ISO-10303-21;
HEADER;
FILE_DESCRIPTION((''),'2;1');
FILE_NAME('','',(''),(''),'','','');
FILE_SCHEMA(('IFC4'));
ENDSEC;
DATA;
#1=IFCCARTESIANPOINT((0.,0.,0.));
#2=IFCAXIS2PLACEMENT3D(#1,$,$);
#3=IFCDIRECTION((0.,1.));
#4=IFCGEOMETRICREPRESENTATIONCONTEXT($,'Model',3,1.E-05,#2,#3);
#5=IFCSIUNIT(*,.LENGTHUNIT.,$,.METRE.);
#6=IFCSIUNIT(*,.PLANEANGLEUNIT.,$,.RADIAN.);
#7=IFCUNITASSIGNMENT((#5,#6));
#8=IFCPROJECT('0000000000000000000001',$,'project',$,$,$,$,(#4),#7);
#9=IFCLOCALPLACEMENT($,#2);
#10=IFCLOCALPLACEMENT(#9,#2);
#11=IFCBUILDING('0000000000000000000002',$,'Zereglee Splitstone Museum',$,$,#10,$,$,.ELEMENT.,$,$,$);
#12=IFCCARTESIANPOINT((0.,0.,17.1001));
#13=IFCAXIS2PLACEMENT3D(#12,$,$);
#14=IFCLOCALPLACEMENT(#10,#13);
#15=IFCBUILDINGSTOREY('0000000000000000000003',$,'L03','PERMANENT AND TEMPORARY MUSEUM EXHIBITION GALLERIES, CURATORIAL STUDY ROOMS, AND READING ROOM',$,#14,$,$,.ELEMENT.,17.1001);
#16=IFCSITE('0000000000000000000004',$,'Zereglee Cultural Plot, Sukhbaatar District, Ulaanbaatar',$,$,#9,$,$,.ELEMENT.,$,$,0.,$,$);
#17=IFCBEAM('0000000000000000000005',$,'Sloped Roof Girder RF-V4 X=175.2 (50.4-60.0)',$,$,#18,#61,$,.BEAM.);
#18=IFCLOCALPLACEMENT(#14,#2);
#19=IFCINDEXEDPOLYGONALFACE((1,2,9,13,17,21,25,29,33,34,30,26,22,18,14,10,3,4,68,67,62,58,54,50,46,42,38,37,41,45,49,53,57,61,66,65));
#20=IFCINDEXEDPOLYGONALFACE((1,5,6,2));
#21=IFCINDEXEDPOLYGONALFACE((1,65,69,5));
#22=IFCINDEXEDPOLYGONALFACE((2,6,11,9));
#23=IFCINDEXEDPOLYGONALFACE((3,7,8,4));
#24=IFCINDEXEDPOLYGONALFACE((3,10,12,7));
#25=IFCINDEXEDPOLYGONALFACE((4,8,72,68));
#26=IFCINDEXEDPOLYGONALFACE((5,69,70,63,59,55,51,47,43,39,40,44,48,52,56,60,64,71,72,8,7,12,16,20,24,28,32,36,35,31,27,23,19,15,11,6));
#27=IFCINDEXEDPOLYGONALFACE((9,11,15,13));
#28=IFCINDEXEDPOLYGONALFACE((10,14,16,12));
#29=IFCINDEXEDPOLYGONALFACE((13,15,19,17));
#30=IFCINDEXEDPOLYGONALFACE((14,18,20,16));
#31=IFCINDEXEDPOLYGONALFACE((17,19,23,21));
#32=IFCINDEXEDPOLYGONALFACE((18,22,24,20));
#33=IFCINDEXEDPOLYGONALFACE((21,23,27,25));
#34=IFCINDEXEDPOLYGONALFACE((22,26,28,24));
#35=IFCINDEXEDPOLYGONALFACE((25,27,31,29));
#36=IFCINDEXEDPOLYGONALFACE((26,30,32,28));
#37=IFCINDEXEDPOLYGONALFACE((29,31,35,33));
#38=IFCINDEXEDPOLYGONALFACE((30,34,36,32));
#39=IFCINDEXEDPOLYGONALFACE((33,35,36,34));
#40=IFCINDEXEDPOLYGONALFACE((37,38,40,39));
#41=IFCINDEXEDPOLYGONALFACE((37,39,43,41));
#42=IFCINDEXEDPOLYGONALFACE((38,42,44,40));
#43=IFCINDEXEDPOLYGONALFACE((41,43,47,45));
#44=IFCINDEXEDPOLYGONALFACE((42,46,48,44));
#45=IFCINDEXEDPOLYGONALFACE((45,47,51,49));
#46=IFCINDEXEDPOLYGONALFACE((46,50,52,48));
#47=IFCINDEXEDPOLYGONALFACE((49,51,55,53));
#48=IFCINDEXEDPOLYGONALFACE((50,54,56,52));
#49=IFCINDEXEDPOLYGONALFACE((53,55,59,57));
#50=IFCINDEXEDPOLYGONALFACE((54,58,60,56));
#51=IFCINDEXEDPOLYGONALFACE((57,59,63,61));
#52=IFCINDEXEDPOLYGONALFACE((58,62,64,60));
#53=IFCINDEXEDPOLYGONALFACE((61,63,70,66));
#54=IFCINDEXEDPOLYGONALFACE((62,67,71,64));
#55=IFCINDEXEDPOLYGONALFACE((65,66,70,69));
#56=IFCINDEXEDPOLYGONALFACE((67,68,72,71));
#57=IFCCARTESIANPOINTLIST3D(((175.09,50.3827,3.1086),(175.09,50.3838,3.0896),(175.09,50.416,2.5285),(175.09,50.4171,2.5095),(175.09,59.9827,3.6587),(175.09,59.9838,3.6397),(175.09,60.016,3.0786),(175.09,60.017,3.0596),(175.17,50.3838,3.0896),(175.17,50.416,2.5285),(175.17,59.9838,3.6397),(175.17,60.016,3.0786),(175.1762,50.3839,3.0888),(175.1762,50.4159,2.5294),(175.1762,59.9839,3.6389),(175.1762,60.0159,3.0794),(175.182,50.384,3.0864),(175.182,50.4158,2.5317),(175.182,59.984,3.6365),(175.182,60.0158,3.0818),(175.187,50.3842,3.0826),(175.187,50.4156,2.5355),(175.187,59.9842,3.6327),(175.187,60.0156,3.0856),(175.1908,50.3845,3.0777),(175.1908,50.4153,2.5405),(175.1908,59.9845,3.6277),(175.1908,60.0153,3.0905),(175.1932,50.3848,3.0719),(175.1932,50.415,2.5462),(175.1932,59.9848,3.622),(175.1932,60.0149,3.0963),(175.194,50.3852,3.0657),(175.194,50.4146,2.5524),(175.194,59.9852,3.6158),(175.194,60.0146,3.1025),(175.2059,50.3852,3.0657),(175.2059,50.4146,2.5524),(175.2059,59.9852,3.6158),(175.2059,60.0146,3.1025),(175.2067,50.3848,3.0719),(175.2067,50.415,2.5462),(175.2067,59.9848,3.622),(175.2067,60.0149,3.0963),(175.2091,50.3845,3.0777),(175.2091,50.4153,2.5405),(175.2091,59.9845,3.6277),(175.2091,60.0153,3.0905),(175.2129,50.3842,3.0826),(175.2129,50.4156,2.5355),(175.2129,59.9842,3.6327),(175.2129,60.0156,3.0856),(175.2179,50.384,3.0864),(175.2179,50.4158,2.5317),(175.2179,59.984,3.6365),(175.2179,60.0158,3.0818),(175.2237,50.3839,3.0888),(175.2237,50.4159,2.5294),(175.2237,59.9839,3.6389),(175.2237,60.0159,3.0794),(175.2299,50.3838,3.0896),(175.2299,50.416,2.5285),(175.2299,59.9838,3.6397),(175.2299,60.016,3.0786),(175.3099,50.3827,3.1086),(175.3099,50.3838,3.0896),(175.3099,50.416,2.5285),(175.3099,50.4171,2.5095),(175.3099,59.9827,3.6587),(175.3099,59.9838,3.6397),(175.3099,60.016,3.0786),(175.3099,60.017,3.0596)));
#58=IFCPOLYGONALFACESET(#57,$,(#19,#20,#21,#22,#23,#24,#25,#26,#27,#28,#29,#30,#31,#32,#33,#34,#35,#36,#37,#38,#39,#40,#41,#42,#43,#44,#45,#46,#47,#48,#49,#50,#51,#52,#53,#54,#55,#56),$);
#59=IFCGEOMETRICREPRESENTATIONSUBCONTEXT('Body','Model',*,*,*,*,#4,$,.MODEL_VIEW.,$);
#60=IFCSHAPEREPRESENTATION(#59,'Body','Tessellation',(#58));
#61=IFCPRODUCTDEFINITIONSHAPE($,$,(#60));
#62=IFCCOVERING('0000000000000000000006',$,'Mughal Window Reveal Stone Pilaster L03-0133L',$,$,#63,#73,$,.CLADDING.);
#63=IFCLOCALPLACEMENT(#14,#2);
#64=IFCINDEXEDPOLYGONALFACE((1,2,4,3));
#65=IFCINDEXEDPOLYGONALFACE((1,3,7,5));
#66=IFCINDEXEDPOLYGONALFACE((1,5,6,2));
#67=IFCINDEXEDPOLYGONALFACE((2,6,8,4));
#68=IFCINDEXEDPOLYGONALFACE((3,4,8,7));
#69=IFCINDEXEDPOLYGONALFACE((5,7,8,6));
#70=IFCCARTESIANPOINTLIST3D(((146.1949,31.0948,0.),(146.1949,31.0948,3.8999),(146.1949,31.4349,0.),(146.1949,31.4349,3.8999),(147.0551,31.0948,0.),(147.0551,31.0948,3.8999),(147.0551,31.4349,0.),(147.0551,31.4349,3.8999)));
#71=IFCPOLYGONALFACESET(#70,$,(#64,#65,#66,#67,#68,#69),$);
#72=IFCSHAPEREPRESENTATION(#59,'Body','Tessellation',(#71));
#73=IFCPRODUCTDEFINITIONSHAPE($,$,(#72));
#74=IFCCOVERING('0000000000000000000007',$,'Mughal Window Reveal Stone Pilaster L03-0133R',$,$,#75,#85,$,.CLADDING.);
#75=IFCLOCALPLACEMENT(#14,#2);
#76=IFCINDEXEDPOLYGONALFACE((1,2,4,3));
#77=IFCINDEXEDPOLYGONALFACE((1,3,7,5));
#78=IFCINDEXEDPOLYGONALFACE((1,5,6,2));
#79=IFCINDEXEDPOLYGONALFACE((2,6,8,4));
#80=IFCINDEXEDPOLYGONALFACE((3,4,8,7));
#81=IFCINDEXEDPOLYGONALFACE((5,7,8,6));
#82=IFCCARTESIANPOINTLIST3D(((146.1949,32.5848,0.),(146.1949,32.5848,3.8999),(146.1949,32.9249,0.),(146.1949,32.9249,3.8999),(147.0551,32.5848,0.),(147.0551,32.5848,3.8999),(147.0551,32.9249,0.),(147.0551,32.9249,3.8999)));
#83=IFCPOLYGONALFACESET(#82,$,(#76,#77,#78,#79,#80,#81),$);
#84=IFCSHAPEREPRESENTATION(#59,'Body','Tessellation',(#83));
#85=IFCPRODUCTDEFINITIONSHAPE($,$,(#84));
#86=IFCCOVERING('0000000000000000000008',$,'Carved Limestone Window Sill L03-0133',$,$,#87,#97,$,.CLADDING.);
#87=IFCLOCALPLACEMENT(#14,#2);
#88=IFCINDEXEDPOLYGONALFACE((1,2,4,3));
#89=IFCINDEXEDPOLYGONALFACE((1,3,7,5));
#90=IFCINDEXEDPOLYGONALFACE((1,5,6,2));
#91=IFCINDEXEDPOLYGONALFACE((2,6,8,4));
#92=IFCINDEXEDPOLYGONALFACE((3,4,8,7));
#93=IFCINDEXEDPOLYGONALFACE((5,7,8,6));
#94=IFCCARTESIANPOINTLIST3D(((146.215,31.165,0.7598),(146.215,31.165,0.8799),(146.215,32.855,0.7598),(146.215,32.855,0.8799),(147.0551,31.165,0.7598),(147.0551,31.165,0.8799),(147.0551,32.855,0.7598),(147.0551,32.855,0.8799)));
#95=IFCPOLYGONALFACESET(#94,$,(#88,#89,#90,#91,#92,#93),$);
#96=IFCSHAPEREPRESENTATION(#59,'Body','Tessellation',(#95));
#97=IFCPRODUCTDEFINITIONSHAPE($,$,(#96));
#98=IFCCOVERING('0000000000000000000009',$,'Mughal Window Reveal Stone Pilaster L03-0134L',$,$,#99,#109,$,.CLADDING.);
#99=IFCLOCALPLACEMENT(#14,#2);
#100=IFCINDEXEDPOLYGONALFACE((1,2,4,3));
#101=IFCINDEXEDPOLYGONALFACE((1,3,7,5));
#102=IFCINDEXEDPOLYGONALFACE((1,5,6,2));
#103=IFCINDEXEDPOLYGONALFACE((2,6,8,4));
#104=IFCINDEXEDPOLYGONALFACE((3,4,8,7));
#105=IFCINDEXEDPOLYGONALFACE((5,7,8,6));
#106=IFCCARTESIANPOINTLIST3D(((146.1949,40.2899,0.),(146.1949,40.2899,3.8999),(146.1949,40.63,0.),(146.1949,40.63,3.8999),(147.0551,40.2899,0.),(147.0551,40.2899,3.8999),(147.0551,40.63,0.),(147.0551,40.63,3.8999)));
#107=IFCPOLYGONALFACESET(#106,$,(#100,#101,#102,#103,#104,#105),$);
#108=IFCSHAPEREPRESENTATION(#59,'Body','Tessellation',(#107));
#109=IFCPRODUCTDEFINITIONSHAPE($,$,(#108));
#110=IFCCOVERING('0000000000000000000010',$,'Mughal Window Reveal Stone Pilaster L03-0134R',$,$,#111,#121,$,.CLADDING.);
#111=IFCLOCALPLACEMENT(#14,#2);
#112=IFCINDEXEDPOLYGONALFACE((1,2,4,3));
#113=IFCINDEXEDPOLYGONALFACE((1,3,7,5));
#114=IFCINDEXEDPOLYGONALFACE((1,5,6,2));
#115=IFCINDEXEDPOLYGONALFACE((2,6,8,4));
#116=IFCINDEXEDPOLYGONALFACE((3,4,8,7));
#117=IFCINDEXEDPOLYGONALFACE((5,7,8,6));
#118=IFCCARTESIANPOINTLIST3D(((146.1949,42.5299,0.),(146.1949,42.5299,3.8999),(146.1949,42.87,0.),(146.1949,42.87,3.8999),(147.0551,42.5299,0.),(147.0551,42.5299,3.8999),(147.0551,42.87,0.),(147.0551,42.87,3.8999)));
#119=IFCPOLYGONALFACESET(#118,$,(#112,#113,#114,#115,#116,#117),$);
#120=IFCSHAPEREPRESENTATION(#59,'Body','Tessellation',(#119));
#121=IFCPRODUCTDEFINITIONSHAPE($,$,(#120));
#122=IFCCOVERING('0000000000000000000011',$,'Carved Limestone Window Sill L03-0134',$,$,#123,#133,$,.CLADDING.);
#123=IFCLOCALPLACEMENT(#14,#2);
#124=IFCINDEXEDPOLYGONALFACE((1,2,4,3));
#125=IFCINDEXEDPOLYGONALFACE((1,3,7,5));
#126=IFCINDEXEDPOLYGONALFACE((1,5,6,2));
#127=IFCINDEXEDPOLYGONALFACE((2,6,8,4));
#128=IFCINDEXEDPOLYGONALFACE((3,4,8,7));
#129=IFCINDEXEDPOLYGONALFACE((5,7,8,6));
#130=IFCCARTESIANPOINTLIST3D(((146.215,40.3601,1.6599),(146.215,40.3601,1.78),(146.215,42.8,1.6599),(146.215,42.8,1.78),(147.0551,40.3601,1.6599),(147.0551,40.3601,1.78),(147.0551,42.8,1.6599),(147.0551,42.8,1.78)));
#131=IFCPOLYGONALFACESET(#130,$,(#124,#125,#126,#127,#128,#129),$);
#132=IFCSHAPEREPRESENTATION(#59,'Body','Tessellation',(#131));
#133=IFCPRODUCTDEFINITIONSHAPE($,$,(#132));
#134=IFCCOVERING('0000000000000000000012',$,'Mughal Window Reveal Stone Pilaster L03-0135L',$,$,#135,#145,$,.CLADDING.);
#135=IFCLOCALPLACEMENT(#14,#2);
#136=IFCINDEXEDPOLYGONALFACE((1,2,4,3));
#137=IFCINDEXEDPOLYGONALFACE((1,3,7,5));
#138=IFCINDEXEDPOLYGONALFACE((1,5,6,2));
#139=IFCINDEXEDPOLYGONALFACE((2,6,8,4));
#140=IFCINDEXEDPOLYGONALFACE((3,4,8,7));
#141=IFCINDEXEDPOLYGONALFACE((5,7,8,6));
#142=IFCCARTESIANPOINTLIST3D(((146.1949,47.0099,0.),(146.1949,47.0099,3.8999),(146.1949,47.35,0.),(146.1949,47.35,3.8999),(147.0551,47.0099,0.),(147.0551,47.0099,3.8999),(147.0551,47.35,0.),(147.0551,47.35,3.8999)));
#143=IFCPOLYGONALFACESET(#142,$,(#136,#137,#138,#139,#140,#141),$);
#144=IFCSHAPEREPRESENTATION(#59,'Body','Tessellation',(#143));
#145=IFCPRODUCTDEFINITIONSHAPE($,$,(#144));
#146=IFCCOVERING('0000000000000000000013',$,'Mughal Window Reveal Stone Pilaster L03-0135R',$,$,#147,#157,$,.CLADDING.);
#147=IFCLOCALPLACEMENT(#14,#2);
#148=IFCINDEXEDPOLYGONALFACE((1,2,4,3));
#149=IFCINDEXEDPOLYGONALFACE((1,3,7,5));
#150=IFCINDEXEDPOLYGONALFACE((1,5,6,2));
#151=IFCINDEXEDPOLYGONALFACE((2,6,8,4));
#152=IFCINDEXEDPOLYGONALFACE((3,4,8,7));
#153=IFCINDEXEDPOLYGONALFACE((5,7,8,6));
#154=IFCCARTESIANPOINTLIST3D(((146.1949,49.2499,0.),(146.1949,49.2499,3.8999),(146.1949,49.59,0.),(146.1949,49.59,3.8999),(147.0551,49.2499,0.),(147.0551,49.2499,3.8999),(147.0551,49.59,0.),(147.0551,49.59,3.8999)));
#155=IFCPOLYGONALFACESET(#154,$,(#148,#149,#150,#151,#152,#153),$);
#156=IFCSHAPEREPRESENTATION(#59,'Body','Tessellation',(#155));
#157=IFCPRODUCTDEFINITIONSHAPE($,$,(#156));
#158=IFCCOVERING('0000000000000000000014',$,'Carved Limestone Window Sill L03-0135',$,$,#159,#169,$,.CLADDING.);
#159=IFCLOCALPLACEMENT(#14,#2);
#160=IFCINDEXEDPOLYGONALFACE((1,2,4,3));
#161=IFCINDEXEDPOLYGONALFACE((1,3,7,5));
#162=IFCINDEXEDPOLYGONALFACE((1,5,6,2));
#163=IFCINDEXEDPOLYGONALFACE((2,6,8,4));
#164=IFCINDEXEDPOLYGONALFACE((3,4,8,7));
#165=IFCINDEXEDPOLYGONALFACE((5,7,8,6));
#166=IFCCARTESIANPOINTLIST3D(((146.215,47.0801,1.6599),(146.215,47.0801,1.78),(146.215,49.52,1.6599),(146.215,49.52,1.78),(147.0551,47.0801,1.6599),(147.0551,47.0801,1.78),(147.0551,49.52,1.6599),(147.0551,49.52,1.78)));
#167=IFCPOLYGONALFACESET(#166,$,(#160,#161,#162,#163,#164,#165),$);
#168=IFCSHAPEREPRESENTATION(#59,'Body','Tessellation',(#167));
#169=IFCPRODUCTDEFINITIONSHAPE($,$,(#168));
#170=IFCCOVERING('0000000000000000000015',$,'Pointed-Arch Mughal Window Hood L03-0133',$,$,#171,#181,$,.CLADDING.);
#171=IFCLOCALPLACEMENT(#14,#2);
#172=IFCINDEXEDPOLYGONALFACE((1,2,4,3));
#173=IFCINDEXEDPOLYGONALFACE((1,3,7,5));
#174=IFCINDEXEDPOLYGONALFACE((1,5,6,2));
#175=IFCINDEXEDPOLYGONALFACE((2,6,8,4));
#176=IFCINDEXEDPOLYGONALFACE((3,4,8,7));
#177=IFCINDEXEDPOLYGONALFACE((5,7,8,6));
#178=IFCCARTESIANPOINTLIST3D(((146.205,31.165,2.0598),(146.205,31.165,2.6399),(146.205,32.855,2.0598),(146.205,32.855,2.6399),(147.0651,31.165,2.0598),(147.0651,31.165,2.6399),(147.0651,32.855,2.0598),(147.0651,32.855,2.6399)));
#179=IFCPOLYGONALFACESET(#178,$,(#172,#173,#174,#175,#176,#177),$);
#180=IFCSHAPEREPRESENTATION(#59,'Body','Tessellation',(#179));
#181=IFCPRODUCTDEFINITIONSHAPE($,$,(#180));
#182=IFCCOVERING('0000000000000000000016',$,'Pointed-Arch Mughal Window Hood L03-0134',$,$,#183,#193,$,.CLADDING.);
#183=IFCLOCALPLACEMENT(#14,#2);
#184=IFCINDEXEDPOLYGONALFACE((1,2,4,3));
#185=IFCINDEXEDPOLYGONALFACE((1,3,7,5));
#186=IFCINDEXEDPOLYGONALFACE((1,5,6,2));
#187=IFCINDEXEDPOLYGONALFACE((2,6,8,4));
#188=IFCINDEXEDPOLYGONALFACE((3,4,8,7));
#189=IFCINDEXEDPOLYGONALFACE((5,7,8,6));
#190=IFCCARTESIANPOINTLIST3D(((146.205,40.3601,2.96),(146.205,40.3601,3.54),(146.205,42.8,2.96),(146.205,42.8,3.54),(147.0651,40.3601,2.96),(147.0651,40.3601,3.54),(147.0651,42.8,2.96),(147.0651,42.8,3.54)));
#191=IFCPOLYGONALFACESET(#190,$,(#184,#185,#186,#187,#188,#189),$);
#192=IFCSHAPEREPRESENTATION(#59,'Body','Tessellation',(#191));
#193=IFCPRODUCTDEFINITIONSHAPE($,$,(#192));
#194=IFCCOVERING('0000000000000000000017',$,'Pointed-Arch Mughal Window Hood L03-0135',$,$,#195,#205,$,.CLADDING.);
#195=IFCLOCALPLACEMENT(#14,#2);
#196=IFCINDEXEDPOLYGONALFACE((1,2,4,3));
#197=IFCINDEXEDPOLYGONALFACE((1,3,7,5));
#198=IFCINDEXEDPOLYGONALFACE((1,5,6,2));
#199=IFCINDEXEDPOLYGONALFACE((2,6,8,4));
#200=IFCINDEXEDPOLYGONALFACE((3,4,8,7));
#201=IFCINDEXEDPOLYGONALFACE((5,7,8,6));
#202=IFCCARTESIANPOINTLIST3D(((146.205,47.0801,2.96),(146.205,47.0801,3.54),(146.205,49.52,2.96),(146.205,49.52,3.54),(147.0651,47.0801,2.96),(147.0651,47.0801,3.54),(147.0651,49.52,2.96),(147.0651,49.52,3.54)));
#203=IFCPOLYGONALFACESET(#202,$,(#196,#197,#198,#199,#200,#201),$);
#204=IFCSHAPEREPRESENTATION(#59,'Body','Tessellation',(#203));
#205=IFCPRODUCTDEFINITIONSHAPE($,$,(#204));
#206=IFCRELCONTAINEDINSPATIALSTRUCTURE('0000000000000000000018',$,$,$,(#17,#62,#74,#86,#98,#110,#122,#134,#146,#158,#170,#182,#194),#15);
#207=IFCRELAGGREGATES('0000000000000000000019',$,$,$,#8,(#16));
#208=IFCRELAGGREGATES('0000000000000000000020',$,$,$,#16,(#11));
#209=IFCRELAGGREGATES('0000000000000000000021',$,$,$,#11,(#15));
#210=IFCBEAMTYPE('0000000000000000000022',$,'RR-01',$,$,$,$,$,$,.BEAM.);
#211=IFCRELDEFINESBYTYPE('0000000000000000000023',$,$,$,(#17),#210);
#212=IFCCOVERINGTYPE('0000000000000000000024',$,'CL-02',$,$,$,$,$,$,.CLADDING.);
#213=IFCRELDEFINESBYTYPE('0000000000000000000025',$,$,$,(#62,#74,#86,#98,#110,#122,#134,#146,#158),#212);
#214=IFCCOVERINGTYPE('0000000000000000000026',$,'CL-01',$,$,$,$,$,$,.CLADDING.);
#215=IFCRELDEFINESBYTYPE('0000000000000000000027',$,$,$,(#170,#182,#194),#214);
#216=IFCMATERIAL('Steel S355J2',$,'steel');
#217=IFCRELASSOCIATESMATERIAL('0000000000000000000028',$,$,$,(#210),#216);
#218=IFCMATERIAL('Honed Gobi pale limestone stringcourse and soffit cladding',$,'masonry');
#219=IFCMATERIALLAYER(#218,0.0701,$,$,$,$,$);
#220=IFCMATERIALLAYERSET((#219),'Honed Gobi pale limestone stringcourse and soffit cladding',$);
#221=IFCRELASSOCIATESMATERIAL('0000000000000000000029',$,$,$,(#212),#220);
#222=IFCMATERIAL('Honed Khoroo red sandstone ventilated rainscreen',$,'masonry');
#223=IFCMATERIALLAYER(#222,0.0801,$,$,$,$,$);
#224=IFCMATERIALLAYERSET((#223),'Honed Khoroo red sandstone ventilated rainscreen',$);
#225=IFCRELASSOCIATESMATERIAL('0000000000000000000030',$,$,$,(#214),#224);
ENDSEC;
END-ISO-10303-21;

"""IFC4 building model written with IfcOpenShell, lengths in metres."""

from ifc_helpers import new_model, si_unit, direction, frame, origin, origin_2d, place, context, subcontext, project, spatial, rectangle, i_section, extrude, material, layer, layer_set, material_profile, profile_set, type_object, element, save


model = new_model("IFC4")

# Units and contexts
model_context = context("Model", 3, precision=1e-05, world=origin(), true_north=direction((0.0, 1.0)))
body_context = subcontext(model_context, "Body", "Model", "MODEL_VIEW")
ifc_project = project(units=[si_unit("LENGTHUNIT", "METRE"), si_unit("PLANEANGLEUNIT", "RADIAN")], contexts=[model_context])

# Site, building, storey
site_placement = place(None, origin())
site = spatial("IfcSite", under=ifc_project, at=site_placement, Name="Zereglee Cultural Plot, Sukhbaatar District, Ulaanbaatar", CompositionType="ELEMENT", RefElevation=0.0)
building_placement = place(site_placement, origin())
building = spatial("IfcBuilding", under=site, at=building_placement, Name="Zereglee Splitstone Museum", CompositionType="ELEMENT")
storey_placement = place(building_placement, frame((0.0, 0.0, 17.1001)))
storey = spatial("IfcBuildingStorey", under=building, at=storey_placement, Name="L03", Description="PERMANENT AND TEMPORARY MUSEUM EXHIBITION GALLERIES, CURATORIAL STUDY ROOMS, AND READING ROOM", CompositionType="ELEMENT", Elevation=17.1001)

# Shared definitions
ifc_material_1 = material(Name="Steel S355J2", Category="steel")

# Beam
ifc_material_profile_1 = material_profile(ifc_material_1, i_section(OverallWidth=0.22, OverallDepth=0.6001, WebThickness=0.012, FlangeThickness=0.019, FilletRadius=0.0239, at=origin_2d()), Name="IPE 600")
ifc_profile_set_1 = profile_set([ifc_material_profile_1], Name="Steel S355J2")
beam_type = type_object("IfcBeamType", Name="RR-01", PredefinedType="BEAM", material=ifc_profile_set_1)
beam_1_placement = place(storey_placement, frame((175.2, 50.3999, 2.8091), z_axis=(0.0, 0.998363, 0.057202), x_axis=(-1.0, 0.0, 0.0)))
element("IfcBeam", 1, at=beam_1_placement, inside=storey, type_object=beam_type, Name="Sloped Roof Girder RF-V4 X=175.2 (50.4-60.0)", PredefinedType="BEAM", context=body_context, shape_type="SweptSolid", body=[
    extrude(i_section(OverallWidth=0.22, OverallDepth=0.6001, WebThickness=0.012, FlangeThickness=0.019, FilletRadius=0.0239, at=origin_2d()), origin(), (0.0, 0.0, 1.0), 9.6157),
])

# Coverings
ifc_material_2 = material(Name="Honed Gobi pale limestone stringcourse and soffit cladding", Category="masonry")
ifc_layer_1 = layer(ifc_material_2, 0.0701)
ifc_layer_set_1 = layer_set([ifc_layer_1], Name="Honed Gobi pale limestone stringcourse and soffit cladding")
covering_type_1 = type_object("IfcCoveringType", Name="CL-02", PredefinedType="CLADDING", material=ifc_layer_set_1)
for number, where, z_axis, x_axis, name in (
    (2, (146.625, 31.2649, 0.0), (0.0, 0.0, 1.0), (0.0, 1.0, 0.0), "Mughal Window Reveal Stone Pilaster L03-0133L"),
    (3, (146.625, 32.7549, 0.0), (0.0, 0.0, 1.0), (0.0, 1.0, 0.0), "Mughal Window Reveal Stone Pilaster L03-0133R"),
):
    element("IfcCovering", number, at=place(storey_placement, frame(where, z_axis=z_axis, x_axis=x_axis)), inside=storey, type_object=covering_type_1, Name=name, PredefinedType="CLADDING", context=body_context, shape_type="SweptSolid", body=[
        extrude(rectangle(XDim=0.3401, YDim=0.8601, at=origin_2d()), origin(), (0.0, 0.0, 1.0), 3.8999),
    ])
covering_1_placement = place(storey_placement, frame((146.635, 32.01, 0.7598), z_axis=(0.0, 0.0, 1.0), x_axis=(0.0, 1.0, 0.0)))
element("IfcCovering", 4, at=covering_1_placement, inside=storey, type_object=covering_type_1, Name="Carved Limestone Window Sill L03-0133", PredefinedType="CLADDING", context=body_context, shape_type="SweptSolid", body=[
    extrude(rectangle(XDim=1.6899, YDim=0.8401, at=origin_2d()), origin(), (0.0, 0.0, 1.0), 0.1201),
])
for number, where, z_axis, x_axis, name in (
    (5, (146.625, 40.46, 0.0), (0.0, 0.0, 1.0), (0.0, 1.0, 0.0), "Mughal Window Reveal Stone Pilaster L03-0134L"),
    (6, (146.625, 42.7, 0.0), (0.0, 0.0, 1.0), (0.0, 1.0, 0.0), "Mughal Window Reveal Stone Pilaster L03-0134R"),
):
    element("IfcCovering", number, at=place(storey_placement, frame(where, z_axis=z_axis, x_axis=x_axis)), inside=storey, type_object=covering_type_1, Name=name, PredefinedType="CLADDING", context=body_context, shape_type="SweptSolid", body=[
        extrude(rectangle(XDim=0.3401, YDim=0.8601, at=origin_2d()), origin(), (0.0, 0.0, 1.0), 3.8999),
    ])
covering_2_placement = place(storey_placement, frame((146.635, 41.5801, 1.6599), z_axis=(0.0, 0.0, 1.0), x_axis=(0.0, 1.0, 0.0)))
element("IfcCovering", 7, at=covering_2_placement, inside=storey, type_object=covering_type_1, Name="Carved Limestone Window Sill L03-0134", PredefinedType="CLADDING", context=body_context, shape_type="SweptSolid", body=[
    extrude(rectangle(XDim=2.4399, YDim=0.8401, at=origin_2d()), origin(), (0.0, 0.0, 1.0), 0.1201),
])
for number, where, z_axis, x_axis, name in (
    (8, (146.625, 47.1799, 0.0), (0.0, 0.0, 1.0), (0.0, 1.0, 0.0), "Mughal Window Reveal Stone Pilaster L03-0135L"),
    (9, (146.625, 49.4199, 0.0), (0.0, 0.0, 1.0), (0.0, 1.0, 0.0), "Mughal Window Reveal Stone Pilaster L03-0135R"),
):
    element("IfcCovering", number, at=place(storey_placement, frame(where, z_axis=z_axis, x_axis=x_axis)), inside=storey, type_object=covering_type_1, Name=name, PredefinedType="CLADDING", context=body_context, shape_type="SweptSolid", body=[
        extrude(rectangle(XDim=0.3401, YDim=0.8601, at=origin_2d()), origin(), (0.0, 0.0, 1.0), 3.8999),
    ])
covering_3_placement = place(storey_placement, frame((146.635, 48.3, 1.6599), z_axis=(0.0, 0.0, 1.0), x_axis=(0.0, 1.0, 0.0)))
element("IfcCovering", 10, at=covering_3_placement, inside=storey, type_object=covering_type_1, Name="Carved Limestone Window Sill L03-0135", PredefinedType="CLADDING", context=body_context, shape_type="SweptSolid", body=[
    extrude(rectangle(XDim=2.4399, YDim=0.8401, at=origin_2d()), origin(), (0.0, 0.0, 1.0), 0.1201),
])
ifc_material_3 = material(Name="Honed Khoroo red sandstone ventilated rainscreen", Category="masonry")
ifc_layer_2 = layer(ifc_material_3, 0.0801)
ifc_layer_set_2 = layer_set([ifc_layer_2], Name="Honed Khoroo red sandstone ventilated rainscreen")
covering_type_2 = type_object("IfcCoveringType", Name="CL-01", PredefinedType="CLADDING", material=ifc_layer_set_2)
covering_4_placement = place(storey_placement, frame((146.635, 32.01, 2.0598), z_axis=(0.0, 0.0, 1.0), x_axis=(0.0, 1.0, 0.0)))
element("IfcCovering", 11, at=covering_4_placement, inside=storey, type_object=covering_type_2, Name="Pointed-Arch Mughal Window Hood L03-0133", PredefinedType="CLADDING", context=body_context, shape_type="SweptSolid", body=[
    extrude(rectangle(XDim=1.6899, YDim=0.8601, at=origin_2d()), origin(), (0.0, 0.0, 1.0), 0.5801),
])
for number, where, z_axis, x_axis, name in (
    (12, (146.635, 41.5801, 2.96), (0.0, 0.0, 1.0), (0.0, 1.0, 0.0), "Pointed-Arch Mughal Window Hood L03-0134"),
    (13, (146.635, 48.3, 2.96), (0.0, 0.0, 1.0), (0.0, 1.0, 0.0), "Pointed-Arch Mughal Window Hood L03-0135"),
):
    element("IfcCovering", number, at=place(storey_placement, frame(where, z_axis=z_axis, x_axis=x_axis)), inside=storey, type_object=covering_type_2, Name=name, PredefinedType="CLADDING", context=body_context, shape_type="SweptSolid", body=[
        extrude(rectangle(XDim=2.4399, YDim=0.8601, at=origin_2d()), origin(), (0.0, 0.0, 1.0), 0.5801),
    ])

save(model, "model.ifc")
